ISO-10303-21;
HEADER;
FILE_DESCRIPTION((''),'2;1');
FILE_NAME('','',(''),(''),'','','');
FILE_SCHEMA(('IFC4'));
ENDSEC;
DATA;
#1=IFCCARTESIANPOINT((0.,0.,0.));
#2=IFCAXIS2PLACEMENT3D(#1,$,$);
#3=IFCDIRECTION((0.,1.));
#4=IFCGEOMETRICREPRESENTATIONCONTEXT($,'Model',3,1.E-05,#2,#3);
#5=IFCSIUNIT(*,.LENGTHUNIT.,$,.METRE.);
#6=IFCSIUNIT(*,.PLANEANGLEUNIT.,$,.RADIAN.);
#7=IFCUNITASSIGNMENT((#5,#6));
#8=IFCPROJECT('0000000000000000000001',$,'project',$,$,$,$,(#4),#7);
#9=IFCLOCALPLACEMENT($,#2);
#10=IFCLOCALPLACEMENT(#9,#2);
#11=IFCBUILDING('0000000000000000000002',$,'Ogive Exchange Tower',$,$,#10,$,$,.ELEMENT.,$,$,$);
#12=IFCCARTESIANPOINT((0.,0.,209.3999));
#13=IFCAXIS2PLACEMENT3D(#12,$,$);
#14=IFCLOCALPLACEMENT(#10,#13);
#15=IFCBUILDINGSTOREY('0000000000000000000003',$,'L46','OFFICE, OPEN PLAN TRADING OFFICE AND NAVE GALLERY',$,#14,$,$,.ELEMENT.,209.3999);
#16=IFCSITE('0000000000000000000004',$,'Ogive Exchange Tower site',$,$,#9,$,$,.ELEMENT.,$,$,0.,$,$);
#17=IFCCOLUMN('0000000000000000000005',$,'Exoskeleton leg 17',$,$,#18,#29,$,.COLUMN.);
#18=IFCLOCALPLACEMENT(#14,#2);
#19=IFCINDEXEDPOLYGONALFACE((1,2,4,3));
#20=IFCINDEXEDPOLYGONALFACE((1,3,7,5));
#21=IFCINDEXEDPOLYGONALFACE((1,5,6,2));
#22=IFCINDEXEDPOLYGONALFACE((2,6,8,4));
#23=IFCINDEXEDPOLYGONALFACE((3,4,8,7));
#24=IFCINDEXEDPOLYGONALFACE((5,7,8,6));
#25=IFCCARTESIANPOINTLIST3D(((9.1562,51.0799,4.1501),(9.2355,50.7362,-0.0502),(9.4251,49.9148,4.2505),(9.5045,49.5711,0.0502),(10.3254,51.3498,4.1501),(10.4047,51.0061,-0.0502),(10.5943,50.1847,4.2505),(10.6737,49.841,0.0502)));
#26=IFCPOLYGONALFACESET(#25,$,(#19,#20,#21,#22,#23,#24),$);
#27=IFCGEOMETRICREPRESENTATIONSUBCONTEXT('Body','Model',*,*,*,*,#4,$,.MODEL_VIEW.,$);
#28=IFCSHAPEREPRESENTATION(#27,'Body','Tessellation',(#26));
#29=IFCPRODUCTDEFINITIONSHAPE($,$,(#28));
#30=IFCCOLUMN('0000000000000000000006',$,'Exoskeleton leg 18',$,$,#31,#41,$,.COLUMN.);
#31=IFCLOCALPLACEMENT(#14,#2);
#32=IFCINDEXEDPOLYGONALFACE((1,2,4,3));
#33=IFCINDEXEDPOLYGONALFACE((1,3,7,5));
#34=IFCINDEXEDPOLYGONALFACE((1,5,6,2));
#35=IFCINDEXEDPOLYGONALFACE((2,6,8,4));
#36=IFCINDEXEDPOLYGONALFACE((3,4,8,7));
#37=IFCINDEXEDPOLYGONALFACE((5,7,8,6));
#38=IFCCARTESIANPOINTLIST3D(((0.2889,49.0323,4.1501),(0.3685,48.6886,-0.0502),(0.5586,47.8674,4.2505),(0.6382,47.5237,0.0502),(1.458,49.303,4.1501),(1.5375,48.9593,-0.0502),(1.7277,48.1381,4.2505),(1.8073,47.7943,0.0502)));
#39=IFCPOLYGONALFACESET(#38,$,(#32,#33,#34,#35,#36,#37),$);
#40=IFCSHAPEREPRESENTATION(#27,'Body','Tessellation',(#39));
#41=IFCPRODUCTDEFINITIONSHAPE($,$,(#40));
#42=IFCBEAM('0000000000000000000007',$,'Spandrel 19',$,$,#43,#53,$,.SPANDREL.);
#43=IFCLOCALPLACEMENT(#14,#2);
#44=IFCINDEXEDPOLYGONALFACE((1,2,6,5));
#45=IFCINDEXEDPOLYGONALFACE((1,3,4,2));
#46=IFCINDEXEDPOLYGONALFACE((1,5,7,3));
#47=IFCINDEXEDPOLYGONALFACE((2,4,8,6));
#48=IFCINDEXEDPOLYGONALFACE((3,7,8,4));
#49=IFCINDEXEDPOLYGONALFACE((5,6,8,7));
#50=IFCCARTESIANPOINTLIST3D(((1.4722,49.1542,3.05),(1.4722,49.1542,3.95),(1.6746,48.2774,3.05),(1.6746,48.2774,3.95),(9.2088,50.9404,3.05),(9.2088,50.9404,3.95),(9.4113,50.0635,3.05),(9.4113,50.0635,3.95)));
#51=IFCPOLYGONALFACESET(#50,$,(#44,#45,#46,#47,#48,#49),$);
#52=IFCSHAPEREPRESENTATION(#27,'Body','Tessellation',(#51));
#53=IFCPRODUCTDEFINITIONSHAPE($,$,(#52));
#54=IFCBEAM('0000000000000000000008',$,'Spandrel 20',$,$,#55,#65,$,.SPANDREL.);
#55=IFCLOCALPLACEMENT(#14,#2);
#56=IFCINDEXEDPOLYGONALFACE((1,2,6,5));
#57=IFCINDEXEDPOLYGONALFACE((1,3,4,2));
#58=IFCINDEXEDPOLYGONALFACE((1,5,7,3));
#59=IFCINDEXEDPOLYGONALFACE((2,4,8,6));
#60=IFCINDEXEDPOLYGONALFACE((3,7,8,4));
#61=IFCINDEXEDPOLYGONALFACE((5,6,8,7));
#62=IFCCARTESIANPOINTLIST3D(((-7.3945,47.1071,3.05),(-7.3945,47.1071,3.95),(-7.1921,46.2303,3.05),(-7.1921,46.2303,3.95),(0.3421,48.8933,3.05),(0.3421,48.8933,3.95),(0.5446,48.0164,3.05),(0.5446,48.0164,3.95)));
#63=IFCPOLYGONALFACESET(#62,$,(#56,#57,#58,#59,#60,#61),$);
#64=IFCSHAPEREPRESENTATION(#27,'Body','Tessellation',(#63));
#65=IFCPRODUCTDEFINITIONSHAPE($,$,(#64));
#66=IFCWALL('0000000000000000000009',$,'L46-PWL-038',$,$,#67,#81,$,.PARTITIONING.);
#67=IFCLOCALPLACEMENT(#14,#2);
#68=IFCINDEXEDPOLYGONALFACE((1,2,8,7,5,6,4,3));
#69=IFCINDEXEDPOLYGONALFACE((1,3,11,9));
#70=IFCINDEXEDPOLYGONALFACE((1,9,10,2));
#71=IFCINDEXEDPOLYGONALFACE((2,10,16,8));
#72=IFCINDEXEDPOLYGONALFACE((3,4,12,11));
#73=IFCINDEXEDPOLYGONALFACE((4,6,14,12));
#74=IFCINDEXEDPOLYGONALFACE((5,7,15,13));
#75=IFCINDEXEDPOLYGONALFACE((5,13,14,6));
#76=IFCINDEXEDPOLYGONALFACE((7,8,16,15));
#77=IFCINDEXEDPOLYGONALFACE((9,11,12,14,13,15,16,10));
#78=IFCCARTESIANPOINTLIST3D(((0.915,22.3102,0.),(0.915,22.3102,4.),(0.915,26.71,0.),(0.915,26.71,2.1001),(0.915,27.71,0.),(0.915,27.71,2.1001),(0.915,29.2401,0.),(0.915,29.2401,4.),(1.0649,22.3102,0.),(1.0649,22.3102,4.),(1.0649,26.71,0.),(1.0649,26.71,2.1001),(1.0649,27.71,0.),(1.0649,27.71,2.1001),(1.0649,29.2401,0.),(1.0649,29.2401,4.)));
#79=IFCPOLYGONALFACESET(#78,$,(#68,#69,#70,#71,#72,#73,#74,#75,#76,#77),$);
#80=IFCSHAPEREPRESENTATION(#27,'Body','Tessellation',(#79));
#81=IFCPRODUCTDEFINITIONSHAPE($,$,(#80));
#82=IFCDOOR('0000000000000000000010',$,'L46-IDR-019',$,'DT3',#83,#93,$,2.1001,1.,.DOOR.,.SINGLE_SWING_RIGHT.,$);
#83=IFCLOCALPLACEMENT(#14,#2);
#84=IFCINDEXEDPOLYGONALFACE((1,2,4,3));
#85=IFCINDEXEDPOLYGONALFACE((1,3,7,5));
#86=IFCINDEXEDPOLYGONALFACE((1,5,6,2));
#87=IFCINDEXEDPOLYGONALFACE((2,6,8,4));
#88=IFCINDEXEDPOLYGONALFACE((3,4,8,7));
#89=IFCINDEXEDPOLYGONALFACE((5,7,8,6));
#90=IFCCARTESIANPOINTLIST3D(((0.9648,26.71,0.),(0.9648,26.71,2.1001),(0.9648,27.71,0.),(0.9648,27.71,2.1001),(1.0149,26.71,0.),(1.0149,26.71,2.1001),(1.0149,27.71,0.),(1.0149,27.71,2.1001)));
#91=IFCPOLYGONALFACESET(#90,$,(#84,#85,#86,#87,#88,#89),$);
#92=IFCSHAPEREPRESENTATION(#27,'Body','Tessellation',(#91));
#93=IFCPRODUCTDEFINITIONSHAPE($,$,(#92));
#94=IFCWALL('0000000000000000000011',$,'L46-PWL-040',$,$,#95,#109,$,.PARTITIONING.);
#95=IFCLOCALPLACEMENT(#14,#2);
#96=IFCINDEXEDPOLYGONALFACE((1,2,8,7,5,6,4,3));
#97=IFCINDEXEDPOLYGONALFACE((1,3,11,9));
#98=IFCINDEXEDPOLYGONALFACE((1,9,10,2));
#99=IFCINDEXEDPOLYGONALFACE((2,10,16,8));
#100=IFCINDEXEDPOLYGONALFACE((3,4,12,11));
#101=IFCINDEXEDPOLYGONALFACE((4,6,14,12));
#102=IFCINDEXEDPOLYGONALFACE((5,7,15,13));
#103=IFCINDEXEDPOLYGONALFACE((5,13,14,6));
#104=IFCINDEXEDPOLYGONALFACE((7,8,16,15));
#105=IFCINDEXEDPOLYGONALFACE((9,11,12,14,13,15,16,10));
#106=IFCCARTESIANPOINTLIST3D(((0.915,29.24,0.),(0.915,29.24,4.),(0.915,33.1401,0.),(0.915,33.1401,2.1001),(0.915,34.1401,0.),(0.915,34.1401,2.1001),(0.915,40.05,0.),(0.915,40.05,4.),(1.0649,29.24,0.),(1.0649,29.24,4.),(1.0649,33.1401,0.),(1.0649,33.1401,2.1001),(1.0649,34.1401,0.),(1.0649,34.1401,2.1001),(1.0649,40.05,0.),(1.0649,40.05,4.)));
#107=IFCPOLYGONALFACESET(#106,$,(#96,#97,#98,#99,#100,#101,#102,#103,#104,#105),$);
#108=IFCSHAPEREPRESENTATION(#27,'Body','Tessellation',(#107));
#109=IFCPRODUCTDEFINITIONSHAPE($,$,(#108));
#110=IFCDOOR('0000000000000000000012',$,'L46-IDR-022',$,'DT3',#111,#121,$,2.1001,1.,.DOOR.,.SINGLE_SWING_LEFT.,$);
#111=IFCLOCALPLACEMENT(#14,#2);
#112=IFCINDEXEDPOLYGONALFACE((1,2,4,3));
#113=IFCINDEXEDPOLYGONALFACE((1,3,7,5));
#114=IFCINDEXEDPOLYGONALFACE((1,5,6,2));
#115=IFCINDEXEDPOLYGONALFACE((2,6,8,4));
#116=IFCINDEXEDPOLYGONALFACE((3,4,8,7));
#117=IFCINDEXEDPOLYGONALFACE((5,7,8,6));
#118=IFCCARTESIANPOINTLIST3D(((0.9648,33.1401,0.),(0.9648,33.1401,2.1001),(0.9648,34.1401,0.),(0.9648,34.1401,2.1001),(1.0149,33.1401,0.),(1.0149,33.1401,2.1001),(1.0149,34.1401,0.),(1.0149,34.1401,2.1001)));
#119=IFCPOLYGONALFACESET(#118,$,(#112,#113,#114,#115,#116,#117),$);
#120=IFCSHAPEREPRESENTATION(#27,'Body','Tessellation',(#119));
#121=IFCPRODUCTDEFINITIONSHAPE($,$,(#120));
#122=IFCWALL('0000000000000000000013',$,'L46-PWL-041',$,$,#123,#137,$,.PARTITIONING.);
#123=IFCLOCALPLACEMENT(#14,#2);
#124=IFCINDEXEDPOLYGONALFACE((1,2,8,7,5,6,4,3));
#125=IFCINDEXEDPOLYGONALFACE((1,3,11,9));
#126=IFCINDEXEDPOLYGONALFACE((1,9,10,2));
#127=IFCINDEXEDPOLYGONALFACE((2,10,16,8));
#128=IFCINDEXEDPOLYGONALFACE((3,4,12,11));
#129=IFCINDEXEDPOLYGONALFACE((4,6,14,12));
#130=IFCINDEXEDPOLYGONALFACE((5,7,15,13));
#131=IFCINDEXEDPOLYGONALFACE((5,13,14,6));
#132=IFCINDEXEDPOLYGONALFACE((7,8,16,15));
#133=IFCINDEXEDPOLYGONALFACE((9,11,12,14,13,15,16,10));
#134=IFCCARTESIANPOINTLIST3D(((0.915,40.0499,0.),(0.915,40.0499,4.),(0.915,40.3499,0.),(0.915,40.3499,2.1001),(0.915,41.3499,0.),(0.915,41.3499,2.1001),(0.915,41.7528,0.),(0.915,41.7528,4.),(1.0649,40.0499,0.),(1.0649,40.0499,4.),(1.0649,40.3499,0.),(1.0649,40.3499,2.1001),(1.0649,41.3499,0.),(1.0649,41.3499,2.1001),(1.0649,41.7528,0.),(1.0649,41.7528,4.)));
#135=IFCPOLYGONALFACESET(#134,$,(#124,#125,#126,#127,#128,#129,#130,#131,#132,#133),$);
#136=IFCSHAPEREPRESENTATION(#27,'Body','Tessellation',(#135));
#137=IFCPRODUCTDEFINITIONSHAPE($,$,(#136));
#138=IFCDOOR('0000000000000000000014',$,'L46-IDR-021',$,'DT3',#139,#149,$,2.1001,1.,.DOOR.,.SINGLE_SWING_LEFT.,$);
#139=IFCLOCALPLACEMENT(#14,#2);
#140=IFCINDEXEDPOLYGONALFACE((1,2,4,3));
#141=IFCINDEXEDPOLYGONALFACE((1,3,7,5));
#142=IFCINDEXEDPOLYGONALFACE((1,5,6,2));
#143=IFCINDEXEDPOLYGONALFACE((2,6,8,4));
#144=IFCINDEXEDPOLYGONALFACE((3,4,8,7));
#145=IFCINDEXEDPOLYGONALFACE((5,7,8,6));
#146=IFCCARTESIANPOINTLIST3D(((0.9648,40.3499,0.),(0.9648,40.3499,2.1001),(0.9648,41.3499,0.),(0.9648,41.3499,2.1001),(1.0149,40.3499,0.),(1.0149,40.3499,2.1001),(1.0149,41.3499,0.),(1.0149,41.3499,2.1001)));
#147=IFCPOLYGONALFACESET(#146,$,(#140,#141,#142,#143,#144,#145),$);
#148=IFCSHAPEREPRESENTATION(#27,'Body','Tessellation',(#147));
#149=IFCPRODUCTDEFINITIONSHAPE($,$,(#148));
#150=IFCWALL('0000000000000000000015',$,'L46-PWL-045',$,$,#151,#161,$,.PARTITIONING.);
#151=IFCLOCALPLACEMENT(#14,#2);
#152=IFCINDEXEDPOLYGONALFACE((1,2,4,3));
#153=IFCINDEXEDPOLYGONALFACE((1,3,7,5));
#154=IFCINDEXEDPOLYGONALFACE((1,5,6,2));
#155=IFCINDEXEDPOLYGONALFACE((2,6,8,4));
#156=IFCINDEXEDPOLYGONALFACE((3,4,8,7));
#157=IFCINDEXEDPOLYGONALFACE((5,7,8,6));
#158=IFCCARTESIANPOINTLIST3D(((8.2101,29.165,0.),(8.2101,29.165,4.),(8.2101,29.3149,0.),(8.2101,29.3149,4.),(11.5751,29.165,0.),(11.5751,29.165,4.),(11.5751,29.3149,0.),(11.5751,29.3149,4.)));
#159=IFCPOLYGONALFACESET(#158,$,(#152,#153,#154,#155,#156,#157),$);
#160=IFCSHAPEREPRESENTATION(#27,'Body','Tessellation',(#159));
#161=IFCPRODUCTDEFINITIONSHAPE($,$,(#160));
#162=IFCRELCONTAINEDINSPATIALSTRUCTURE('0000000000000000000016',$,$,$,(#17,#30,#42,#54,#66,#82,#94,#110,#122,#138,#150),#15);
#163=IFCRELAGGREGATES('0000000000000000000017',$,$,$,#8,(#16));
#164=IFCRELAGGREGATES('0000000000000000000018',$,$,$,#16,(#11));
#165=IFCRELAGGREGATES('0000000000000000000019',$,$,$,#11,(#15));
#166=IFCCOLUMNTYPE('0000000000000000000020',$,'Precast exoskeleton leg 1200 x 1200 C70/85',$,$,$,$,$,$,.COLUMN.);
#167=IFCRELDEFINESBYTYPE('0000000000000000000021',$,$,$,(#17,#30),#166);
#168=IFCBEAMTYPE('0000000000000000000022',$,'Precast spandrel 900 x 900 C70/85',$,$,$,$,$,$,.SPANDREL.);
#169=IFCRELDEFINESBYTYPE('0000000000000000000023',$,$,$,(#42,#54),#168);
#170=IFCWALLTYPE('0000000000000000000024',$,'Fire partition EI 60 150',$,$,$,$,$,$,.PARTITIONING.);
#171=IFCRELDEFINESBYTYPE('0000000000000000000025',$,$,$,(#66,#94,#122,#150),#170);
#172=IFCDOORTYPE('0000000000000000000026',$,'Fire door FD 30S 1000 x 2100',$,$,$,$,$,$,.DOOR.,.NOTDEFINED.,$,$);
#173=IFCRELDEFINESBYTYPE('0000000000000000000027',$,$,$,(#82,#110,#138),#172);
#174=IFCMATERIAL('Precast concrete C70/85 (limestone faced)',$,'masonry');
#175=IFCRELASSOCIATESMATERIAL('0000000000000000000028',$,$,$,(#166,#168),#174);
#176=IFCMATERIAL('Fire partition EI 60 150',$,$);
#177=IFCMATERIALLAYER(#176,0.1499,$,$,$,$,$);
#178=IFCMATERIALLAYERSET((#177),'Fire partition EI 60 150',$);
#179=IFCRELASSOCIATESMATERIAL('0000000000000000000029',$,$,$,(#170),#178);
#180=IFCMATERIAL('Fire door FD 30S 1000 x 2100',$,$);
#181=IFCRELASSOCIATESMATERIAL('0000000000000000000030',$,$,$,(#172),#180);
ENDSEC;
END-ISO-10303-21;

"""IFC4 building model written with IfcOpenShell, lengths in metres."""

from ifc_helpers import new_model, si_unit, direction, frame, frame_2d, origin, origin_2d, place, context, subcontext, project, spatial, rectangle, extrude, material, layer, layer_set, material_profile, profile_set, type_object, element, fill, save


model = new_model("IFC4")

# Units and contexts
model_context = context("Model", 3, precision=1e-05, world=origin(), true_north=direction((0.0, 1.0)))
body_context = subcontext(model_context, "Body", "Model", "MODEL_VIEW")
ifc_project = project(units=[si_unit("LENGTHUNIT", "METRE"), si_unit("PLANEANGLEUNIT", "RADIAN")], contexts=[model_context])

# Site, building, storey
site_placement = place(None, origin())
site = spatial("IfcSite", under=ifc_project, at=site_placement, Name="Ogive Exchange Tower site", CompositionType="ELEMENT", RefElevation=0.0)
building_placement = place(site_placement, origin())
building = spatial("IfcBuilding", under=site, at=building_placement, Name="Ogive Exchange Tower", CompositionType="ELEMENT")
storey_placement = place(building_placement, frame((0.0, 0.0, 209.3999)))
storey = spatial("IfcBuildingStorey", under=building, at=storey_placement, Name="L46", Description="OFFICE, OPEN PLAN TRADING OFFICE AND NAVE GALLERY", CompositionType="ELEMENT", Elevation=209.3999)

# Columns
ifc_material_1 = material(Name="Precast concrete C70/85 (limestone faced)", Category="masonry")
ifc_material_profile_1 = material_profile(ifc_material_1, rectangle(XDim=1.2, YDim=1.2, at=origin_2d()), Name="1200 x 1200")
ifc_profile_set_1 = profile_set([ifc_material_profile_1], Name="Precast concrete C70/85 (limestone faced)")
column_type = type_object("IfcColumnType", Name="Precast exoskeleton leg 1200 x 1200 C70/85", PredefinedType="COLUMN", material=ifc_profile_set_1)
for number, where, z_axis, x_axis, name in (
    (1, (9.9546, 50.2886, 0.0), (-0.018825, 0.081554, 0.996491), (-0.97438, -0.22491, 0.0), "Exoskeleton leg 17"),
    (2, (1.0879, 48.2415, 0.0), (-0.018883, 0.081554, 0.99649), (-0.974228, -0.225567, 0.0), "Exoskeleton leg 18"),
):
    element("IfcColumn", number, at=place(storey_placement, frame(where, z_axis=z_axis, x_axis=x_axis)), inside=storey, type_object=column_type, Name=name, PredefinedType="COLUMN", context=body_context, shape_type="SweptSolid", body=[
        extrude(rectangle(XDim=1.2, YDim=1.2, at=origin_2d()), origin(), (0.0, 0.0, 1.0), 4.2151),
    ])

# Beams
ifc_material_profile_2 = material_profile(ifc_material_1, rectangle(XDim=0.8999, YDim=0.8999, at=origin_2d()), Name="900 x 900")
ifc_profile_set_2 = profile_set([ifc_material_profile_2], Name="Precast concrete C70/85 (limestone faced)")
beam_type = type_object("IfcBeamType", Name="Precast spandrel 900 x 900 C70/85", PredefinedType="SPANDREL", material=ifc_profile_set_2)
for number, where, z_axis, x_axis, name in (
    (3, (9.3101, 50.502, 3.5), (-0.97437, -0.224952, 0.0), (0.224952, -0.97437, 0.0), "Spandrel 19"),
    (4, (0.4434, 48.4548, 3.5), (-0.97437, -0.224952, 0.0), (0.224952, -0.97437, 0.0), "Spandrel 20"),
):
    element("IfcBeam", number, at=place(storey_placement, frame(where, z_axis=z_axis, x_axis=x_axis)), inside=storey, type_object=beam_type, Name=name, PredefinedType="SPANDREL", context=body_context, shape_type="SweptSolid", body=[
        extrude(rectangle(XDim=0.8999, YDim=0.8999, at=origin_2d()), origin(), (0.0, 0.0, 1.0), 7.9402),
    ])

# Walls, openings, doors
ifc_material_2 = material(Name="Fire partition EI 60 150")
ifc_layer_1 = layer(ifc_material_2, 0.1499)
ifc_layer_set_1 = layer_set([ifc_layer_1], Name="Fire partition EI 60 150")
wall_type_1 = type_object("IfcWallType", Name="Fire partition EI 60 150", PredefinedType="PARTITIONING", material=ifc_layer_set_1)
wall_1_placement = place(storey_placement, frame((0.99, 29.24, 0.0), z_axis=(0.0, 0.0, 1.0), x_axis=(0.0, -1.0, 0.0)))
wall_1 = element("IfcWall", 5, at=wall_1_placement, inside=storey, type_object=wall_type_1, Name="L46-PWL-038", PredefinedType="PARTITIONING", context=body_context, shape_type="SweptSolid", body=[
    extrude(rectangle(XDim=6.9299, YDim=0.1499, at=frame_2d((3.4648, 0.0))), origin(), (0.0, 0.0, 1.0), 4.0),
])
opening_1_placement = place(wall_1_placement, frame((1.53, 0.0, 0.0)))
opening_1 = element("IfcOpeningElement", 6, at=opening_1_placement, cuts=wall_1, PredefinedType="OPENING", context=body_context, shape_type="SweptSolid", body=[
    extrude(rectangle(XDim=1.0, YDim=2.1001, at=frame_2d((0.5, 1.05))), frame((0.0, 0.085, 0.0), z_axis=(0.0, -1.0, 0.0), x_axis=(1.0, 0.0, 0.0)), (0.0, 0.0, 1.0), 0.1699),
])
ifc_material_3 = material(Name="Fire door FD 30S 1000 x 2100")
door_type_1 = type_object("IfcDoorType", Name="Fire door FD 30S 1000 x 2100", OperationType="NOTDEFINED", PredefinedType="DOOR", material=ifc_material_3)
door_1_placement = place(opening_1_placement, origin())
door_1 = element("IfcDoor", 7, at=door_1_placement, inside=storey, type_object=door_type_1, Name="L46-IDR-019", ObjectType="DT3", OperationType="SINGLE_SWING_RIGHT", OverallHeight=2.1001, OverallWidth=1.0, PredefinedType="DOOR", context=body_context, shape_type="SweptSolid", body=[
    extrude(rectangle(XDim=1.0, YDim=2.1001, at=frame_2d((0.5, 1.05))), frame((0.0, 0.0249, 0.0), z_axis=(0.0, -1.0, 0.0), x_axis=(1.0, 0.0, 0.0)), (0.0, 0.0, 1.0), 0.05),
])
fill(opening_1, door_1)
wall_2_placement = place(storey_placement, frame((0.99, 40.05, 0.0), z_axis=(0.0, 0.0, 1.0), x_axis=(0.0, -1.0, 0.0)))
wall_2 = element("IfcWall", 8, at=wall_2_placement, inside=storey, type_object=wall_type_1, Name="L46-PWL-040", PredefinedType="PARTITIONING", context=body_context, shape_type="SweptSolid", body=[
    extrude(rectangle(XDim=10.8101, YDim=0.1499, at=frame_2d((5.405, 0.0))), origin(), (0.0, 0.0, 1.0), 4.0),
])
opening_2_placement = place(wall_2_placement, frame((5.9099, 0.0, 0.0)))
opening_2 = element("IfcOpeningElement", 9, at=opening_2_placement, cuts=wall_2, PredefinedType="OPENING", context=body_context, shape_type="SweptSolid", body=[
    extrude(rectangle(XDim=1.0, YDim=2.1001, at=frame_2d((0.5, 1.05))), frame((0.0, 0.085, 0.0), z_axis=(0.0, -1.0, 0.0), x_axis=(1.0, 0.0, 0.0)), (0.0, 0.0, 1.0), 0.1699),
])
door_2_placement = place(opening_2_placement, origin())
door_2 = element("IfcDoor", 10, at=door_2_placement, inside=storey, type_object=door_type_1, Name="L46-IDR-022", ObjectType="DT3", OperationType="SINGLE_SWING_LEFT", OverallHeight=2.1001, OverallWidth=1.0, PredefinedType="DOOR", context=body_context, shape_type="SweptSolid", body=[
    extrude(rectangle(XDim=1.0, YDim=2.1001, at=frame_2d((0.5, 1.05))), frame((0.0, 0.0249, 0.0), z_axis=(0.0, -1.0, 0.0), x_axis=(1.0, 0.0, 0.0)), (0.0, 0.0, 1.0), 0.05),
])
fill(opening_2, door_2)
wall_3_placement = place(storey_placement, frame((0.99, 41.7529, 0.0), z_axis=(0.0, 0.0, 1.0), x_axis=(0.0, -1.0, 0.0)))
wall_3 = element("IfcWall", 11, at=wall_3_placement, inside=storey, type_object=wall_type_1, Name="L46-PWL-041", PredefinedType="PARTITIONING", context=body_context, shape_type="SweptSolid", body=[
    extrude(rectangle(XDim=1.7029, YDim=0.1499, at=frame_2d((0.8516, 0.0))), origin(), (0.0, 0.0, 1.0), 4.0),
])
opening_3_placement = place(wall_3_placement, frame((0.4031, 0.0, 0.0)))
opening_3 = element("IfcOpeningElement", 12, at=opening_3_placement, cuts=wall_3, PredefinedType="OPENING", context=body_context, shape_type="SweptSolid", body=[
    extrude(rectangle(XDim=1.0, YDim=2.1001, at=frame_2d((0.5, 1.05))), frame((0.0, 0.085, 0.0), z_axis=(0.0, -1.0, 0.0), x_axis=(1.0, 0.0, 0.0)), (0.0, 0.0, 1.0), 0.1699),
])
door_3_placement = place(opening_3_placement, origin())
door_3 = element("IfcDoor", 13, at=door_3_placement, inside=storey, type_object=door_type_1, Name="L46-IDR-021", ObjectType="DT3", OperationType="SINGLE_SWING_LEFT", OverallHeight=2.1001, OverallWidth=1.0, PredefinedType="DOOR", context=body_context, shape_type="SweptSolid", body=[
    extrude(rectangle(XDim=1.0, YDim=2.1001, at=frame_2d((0.5, 1.05))), frame((0.0, 0.0249, 0.0), z_axis=(0.0, -1.0, 0.0), x_axis=(1.0, 0.0, 0.0)), (0.0, 0.0, 1.0), 0.05),
])
fill(opening_3, door_3)

# Wall
wall_4_placement = place(storey_placement, frame((8.21, 29.24, 0.0), z_axis=(0.0, 0.0, 1.0), x_axis=(1.0, 0.0, 0.0)))
element("IfcWall", 14, at=wall_4_placement, inside=storey, type_object=wall_type_1, Name="L46-PWL-045", PredefinedType="PARTITIONING", context=body_context, shape_type="SweptSolid", body=[
    extrude(rectangle(XDim=3.365, YDim=0.1499, at=frame_2d((1.6826, 0.0))), origin(), (0.0, 0.0, 1.0), 4.0),
])

save(model, "model.ifc")
